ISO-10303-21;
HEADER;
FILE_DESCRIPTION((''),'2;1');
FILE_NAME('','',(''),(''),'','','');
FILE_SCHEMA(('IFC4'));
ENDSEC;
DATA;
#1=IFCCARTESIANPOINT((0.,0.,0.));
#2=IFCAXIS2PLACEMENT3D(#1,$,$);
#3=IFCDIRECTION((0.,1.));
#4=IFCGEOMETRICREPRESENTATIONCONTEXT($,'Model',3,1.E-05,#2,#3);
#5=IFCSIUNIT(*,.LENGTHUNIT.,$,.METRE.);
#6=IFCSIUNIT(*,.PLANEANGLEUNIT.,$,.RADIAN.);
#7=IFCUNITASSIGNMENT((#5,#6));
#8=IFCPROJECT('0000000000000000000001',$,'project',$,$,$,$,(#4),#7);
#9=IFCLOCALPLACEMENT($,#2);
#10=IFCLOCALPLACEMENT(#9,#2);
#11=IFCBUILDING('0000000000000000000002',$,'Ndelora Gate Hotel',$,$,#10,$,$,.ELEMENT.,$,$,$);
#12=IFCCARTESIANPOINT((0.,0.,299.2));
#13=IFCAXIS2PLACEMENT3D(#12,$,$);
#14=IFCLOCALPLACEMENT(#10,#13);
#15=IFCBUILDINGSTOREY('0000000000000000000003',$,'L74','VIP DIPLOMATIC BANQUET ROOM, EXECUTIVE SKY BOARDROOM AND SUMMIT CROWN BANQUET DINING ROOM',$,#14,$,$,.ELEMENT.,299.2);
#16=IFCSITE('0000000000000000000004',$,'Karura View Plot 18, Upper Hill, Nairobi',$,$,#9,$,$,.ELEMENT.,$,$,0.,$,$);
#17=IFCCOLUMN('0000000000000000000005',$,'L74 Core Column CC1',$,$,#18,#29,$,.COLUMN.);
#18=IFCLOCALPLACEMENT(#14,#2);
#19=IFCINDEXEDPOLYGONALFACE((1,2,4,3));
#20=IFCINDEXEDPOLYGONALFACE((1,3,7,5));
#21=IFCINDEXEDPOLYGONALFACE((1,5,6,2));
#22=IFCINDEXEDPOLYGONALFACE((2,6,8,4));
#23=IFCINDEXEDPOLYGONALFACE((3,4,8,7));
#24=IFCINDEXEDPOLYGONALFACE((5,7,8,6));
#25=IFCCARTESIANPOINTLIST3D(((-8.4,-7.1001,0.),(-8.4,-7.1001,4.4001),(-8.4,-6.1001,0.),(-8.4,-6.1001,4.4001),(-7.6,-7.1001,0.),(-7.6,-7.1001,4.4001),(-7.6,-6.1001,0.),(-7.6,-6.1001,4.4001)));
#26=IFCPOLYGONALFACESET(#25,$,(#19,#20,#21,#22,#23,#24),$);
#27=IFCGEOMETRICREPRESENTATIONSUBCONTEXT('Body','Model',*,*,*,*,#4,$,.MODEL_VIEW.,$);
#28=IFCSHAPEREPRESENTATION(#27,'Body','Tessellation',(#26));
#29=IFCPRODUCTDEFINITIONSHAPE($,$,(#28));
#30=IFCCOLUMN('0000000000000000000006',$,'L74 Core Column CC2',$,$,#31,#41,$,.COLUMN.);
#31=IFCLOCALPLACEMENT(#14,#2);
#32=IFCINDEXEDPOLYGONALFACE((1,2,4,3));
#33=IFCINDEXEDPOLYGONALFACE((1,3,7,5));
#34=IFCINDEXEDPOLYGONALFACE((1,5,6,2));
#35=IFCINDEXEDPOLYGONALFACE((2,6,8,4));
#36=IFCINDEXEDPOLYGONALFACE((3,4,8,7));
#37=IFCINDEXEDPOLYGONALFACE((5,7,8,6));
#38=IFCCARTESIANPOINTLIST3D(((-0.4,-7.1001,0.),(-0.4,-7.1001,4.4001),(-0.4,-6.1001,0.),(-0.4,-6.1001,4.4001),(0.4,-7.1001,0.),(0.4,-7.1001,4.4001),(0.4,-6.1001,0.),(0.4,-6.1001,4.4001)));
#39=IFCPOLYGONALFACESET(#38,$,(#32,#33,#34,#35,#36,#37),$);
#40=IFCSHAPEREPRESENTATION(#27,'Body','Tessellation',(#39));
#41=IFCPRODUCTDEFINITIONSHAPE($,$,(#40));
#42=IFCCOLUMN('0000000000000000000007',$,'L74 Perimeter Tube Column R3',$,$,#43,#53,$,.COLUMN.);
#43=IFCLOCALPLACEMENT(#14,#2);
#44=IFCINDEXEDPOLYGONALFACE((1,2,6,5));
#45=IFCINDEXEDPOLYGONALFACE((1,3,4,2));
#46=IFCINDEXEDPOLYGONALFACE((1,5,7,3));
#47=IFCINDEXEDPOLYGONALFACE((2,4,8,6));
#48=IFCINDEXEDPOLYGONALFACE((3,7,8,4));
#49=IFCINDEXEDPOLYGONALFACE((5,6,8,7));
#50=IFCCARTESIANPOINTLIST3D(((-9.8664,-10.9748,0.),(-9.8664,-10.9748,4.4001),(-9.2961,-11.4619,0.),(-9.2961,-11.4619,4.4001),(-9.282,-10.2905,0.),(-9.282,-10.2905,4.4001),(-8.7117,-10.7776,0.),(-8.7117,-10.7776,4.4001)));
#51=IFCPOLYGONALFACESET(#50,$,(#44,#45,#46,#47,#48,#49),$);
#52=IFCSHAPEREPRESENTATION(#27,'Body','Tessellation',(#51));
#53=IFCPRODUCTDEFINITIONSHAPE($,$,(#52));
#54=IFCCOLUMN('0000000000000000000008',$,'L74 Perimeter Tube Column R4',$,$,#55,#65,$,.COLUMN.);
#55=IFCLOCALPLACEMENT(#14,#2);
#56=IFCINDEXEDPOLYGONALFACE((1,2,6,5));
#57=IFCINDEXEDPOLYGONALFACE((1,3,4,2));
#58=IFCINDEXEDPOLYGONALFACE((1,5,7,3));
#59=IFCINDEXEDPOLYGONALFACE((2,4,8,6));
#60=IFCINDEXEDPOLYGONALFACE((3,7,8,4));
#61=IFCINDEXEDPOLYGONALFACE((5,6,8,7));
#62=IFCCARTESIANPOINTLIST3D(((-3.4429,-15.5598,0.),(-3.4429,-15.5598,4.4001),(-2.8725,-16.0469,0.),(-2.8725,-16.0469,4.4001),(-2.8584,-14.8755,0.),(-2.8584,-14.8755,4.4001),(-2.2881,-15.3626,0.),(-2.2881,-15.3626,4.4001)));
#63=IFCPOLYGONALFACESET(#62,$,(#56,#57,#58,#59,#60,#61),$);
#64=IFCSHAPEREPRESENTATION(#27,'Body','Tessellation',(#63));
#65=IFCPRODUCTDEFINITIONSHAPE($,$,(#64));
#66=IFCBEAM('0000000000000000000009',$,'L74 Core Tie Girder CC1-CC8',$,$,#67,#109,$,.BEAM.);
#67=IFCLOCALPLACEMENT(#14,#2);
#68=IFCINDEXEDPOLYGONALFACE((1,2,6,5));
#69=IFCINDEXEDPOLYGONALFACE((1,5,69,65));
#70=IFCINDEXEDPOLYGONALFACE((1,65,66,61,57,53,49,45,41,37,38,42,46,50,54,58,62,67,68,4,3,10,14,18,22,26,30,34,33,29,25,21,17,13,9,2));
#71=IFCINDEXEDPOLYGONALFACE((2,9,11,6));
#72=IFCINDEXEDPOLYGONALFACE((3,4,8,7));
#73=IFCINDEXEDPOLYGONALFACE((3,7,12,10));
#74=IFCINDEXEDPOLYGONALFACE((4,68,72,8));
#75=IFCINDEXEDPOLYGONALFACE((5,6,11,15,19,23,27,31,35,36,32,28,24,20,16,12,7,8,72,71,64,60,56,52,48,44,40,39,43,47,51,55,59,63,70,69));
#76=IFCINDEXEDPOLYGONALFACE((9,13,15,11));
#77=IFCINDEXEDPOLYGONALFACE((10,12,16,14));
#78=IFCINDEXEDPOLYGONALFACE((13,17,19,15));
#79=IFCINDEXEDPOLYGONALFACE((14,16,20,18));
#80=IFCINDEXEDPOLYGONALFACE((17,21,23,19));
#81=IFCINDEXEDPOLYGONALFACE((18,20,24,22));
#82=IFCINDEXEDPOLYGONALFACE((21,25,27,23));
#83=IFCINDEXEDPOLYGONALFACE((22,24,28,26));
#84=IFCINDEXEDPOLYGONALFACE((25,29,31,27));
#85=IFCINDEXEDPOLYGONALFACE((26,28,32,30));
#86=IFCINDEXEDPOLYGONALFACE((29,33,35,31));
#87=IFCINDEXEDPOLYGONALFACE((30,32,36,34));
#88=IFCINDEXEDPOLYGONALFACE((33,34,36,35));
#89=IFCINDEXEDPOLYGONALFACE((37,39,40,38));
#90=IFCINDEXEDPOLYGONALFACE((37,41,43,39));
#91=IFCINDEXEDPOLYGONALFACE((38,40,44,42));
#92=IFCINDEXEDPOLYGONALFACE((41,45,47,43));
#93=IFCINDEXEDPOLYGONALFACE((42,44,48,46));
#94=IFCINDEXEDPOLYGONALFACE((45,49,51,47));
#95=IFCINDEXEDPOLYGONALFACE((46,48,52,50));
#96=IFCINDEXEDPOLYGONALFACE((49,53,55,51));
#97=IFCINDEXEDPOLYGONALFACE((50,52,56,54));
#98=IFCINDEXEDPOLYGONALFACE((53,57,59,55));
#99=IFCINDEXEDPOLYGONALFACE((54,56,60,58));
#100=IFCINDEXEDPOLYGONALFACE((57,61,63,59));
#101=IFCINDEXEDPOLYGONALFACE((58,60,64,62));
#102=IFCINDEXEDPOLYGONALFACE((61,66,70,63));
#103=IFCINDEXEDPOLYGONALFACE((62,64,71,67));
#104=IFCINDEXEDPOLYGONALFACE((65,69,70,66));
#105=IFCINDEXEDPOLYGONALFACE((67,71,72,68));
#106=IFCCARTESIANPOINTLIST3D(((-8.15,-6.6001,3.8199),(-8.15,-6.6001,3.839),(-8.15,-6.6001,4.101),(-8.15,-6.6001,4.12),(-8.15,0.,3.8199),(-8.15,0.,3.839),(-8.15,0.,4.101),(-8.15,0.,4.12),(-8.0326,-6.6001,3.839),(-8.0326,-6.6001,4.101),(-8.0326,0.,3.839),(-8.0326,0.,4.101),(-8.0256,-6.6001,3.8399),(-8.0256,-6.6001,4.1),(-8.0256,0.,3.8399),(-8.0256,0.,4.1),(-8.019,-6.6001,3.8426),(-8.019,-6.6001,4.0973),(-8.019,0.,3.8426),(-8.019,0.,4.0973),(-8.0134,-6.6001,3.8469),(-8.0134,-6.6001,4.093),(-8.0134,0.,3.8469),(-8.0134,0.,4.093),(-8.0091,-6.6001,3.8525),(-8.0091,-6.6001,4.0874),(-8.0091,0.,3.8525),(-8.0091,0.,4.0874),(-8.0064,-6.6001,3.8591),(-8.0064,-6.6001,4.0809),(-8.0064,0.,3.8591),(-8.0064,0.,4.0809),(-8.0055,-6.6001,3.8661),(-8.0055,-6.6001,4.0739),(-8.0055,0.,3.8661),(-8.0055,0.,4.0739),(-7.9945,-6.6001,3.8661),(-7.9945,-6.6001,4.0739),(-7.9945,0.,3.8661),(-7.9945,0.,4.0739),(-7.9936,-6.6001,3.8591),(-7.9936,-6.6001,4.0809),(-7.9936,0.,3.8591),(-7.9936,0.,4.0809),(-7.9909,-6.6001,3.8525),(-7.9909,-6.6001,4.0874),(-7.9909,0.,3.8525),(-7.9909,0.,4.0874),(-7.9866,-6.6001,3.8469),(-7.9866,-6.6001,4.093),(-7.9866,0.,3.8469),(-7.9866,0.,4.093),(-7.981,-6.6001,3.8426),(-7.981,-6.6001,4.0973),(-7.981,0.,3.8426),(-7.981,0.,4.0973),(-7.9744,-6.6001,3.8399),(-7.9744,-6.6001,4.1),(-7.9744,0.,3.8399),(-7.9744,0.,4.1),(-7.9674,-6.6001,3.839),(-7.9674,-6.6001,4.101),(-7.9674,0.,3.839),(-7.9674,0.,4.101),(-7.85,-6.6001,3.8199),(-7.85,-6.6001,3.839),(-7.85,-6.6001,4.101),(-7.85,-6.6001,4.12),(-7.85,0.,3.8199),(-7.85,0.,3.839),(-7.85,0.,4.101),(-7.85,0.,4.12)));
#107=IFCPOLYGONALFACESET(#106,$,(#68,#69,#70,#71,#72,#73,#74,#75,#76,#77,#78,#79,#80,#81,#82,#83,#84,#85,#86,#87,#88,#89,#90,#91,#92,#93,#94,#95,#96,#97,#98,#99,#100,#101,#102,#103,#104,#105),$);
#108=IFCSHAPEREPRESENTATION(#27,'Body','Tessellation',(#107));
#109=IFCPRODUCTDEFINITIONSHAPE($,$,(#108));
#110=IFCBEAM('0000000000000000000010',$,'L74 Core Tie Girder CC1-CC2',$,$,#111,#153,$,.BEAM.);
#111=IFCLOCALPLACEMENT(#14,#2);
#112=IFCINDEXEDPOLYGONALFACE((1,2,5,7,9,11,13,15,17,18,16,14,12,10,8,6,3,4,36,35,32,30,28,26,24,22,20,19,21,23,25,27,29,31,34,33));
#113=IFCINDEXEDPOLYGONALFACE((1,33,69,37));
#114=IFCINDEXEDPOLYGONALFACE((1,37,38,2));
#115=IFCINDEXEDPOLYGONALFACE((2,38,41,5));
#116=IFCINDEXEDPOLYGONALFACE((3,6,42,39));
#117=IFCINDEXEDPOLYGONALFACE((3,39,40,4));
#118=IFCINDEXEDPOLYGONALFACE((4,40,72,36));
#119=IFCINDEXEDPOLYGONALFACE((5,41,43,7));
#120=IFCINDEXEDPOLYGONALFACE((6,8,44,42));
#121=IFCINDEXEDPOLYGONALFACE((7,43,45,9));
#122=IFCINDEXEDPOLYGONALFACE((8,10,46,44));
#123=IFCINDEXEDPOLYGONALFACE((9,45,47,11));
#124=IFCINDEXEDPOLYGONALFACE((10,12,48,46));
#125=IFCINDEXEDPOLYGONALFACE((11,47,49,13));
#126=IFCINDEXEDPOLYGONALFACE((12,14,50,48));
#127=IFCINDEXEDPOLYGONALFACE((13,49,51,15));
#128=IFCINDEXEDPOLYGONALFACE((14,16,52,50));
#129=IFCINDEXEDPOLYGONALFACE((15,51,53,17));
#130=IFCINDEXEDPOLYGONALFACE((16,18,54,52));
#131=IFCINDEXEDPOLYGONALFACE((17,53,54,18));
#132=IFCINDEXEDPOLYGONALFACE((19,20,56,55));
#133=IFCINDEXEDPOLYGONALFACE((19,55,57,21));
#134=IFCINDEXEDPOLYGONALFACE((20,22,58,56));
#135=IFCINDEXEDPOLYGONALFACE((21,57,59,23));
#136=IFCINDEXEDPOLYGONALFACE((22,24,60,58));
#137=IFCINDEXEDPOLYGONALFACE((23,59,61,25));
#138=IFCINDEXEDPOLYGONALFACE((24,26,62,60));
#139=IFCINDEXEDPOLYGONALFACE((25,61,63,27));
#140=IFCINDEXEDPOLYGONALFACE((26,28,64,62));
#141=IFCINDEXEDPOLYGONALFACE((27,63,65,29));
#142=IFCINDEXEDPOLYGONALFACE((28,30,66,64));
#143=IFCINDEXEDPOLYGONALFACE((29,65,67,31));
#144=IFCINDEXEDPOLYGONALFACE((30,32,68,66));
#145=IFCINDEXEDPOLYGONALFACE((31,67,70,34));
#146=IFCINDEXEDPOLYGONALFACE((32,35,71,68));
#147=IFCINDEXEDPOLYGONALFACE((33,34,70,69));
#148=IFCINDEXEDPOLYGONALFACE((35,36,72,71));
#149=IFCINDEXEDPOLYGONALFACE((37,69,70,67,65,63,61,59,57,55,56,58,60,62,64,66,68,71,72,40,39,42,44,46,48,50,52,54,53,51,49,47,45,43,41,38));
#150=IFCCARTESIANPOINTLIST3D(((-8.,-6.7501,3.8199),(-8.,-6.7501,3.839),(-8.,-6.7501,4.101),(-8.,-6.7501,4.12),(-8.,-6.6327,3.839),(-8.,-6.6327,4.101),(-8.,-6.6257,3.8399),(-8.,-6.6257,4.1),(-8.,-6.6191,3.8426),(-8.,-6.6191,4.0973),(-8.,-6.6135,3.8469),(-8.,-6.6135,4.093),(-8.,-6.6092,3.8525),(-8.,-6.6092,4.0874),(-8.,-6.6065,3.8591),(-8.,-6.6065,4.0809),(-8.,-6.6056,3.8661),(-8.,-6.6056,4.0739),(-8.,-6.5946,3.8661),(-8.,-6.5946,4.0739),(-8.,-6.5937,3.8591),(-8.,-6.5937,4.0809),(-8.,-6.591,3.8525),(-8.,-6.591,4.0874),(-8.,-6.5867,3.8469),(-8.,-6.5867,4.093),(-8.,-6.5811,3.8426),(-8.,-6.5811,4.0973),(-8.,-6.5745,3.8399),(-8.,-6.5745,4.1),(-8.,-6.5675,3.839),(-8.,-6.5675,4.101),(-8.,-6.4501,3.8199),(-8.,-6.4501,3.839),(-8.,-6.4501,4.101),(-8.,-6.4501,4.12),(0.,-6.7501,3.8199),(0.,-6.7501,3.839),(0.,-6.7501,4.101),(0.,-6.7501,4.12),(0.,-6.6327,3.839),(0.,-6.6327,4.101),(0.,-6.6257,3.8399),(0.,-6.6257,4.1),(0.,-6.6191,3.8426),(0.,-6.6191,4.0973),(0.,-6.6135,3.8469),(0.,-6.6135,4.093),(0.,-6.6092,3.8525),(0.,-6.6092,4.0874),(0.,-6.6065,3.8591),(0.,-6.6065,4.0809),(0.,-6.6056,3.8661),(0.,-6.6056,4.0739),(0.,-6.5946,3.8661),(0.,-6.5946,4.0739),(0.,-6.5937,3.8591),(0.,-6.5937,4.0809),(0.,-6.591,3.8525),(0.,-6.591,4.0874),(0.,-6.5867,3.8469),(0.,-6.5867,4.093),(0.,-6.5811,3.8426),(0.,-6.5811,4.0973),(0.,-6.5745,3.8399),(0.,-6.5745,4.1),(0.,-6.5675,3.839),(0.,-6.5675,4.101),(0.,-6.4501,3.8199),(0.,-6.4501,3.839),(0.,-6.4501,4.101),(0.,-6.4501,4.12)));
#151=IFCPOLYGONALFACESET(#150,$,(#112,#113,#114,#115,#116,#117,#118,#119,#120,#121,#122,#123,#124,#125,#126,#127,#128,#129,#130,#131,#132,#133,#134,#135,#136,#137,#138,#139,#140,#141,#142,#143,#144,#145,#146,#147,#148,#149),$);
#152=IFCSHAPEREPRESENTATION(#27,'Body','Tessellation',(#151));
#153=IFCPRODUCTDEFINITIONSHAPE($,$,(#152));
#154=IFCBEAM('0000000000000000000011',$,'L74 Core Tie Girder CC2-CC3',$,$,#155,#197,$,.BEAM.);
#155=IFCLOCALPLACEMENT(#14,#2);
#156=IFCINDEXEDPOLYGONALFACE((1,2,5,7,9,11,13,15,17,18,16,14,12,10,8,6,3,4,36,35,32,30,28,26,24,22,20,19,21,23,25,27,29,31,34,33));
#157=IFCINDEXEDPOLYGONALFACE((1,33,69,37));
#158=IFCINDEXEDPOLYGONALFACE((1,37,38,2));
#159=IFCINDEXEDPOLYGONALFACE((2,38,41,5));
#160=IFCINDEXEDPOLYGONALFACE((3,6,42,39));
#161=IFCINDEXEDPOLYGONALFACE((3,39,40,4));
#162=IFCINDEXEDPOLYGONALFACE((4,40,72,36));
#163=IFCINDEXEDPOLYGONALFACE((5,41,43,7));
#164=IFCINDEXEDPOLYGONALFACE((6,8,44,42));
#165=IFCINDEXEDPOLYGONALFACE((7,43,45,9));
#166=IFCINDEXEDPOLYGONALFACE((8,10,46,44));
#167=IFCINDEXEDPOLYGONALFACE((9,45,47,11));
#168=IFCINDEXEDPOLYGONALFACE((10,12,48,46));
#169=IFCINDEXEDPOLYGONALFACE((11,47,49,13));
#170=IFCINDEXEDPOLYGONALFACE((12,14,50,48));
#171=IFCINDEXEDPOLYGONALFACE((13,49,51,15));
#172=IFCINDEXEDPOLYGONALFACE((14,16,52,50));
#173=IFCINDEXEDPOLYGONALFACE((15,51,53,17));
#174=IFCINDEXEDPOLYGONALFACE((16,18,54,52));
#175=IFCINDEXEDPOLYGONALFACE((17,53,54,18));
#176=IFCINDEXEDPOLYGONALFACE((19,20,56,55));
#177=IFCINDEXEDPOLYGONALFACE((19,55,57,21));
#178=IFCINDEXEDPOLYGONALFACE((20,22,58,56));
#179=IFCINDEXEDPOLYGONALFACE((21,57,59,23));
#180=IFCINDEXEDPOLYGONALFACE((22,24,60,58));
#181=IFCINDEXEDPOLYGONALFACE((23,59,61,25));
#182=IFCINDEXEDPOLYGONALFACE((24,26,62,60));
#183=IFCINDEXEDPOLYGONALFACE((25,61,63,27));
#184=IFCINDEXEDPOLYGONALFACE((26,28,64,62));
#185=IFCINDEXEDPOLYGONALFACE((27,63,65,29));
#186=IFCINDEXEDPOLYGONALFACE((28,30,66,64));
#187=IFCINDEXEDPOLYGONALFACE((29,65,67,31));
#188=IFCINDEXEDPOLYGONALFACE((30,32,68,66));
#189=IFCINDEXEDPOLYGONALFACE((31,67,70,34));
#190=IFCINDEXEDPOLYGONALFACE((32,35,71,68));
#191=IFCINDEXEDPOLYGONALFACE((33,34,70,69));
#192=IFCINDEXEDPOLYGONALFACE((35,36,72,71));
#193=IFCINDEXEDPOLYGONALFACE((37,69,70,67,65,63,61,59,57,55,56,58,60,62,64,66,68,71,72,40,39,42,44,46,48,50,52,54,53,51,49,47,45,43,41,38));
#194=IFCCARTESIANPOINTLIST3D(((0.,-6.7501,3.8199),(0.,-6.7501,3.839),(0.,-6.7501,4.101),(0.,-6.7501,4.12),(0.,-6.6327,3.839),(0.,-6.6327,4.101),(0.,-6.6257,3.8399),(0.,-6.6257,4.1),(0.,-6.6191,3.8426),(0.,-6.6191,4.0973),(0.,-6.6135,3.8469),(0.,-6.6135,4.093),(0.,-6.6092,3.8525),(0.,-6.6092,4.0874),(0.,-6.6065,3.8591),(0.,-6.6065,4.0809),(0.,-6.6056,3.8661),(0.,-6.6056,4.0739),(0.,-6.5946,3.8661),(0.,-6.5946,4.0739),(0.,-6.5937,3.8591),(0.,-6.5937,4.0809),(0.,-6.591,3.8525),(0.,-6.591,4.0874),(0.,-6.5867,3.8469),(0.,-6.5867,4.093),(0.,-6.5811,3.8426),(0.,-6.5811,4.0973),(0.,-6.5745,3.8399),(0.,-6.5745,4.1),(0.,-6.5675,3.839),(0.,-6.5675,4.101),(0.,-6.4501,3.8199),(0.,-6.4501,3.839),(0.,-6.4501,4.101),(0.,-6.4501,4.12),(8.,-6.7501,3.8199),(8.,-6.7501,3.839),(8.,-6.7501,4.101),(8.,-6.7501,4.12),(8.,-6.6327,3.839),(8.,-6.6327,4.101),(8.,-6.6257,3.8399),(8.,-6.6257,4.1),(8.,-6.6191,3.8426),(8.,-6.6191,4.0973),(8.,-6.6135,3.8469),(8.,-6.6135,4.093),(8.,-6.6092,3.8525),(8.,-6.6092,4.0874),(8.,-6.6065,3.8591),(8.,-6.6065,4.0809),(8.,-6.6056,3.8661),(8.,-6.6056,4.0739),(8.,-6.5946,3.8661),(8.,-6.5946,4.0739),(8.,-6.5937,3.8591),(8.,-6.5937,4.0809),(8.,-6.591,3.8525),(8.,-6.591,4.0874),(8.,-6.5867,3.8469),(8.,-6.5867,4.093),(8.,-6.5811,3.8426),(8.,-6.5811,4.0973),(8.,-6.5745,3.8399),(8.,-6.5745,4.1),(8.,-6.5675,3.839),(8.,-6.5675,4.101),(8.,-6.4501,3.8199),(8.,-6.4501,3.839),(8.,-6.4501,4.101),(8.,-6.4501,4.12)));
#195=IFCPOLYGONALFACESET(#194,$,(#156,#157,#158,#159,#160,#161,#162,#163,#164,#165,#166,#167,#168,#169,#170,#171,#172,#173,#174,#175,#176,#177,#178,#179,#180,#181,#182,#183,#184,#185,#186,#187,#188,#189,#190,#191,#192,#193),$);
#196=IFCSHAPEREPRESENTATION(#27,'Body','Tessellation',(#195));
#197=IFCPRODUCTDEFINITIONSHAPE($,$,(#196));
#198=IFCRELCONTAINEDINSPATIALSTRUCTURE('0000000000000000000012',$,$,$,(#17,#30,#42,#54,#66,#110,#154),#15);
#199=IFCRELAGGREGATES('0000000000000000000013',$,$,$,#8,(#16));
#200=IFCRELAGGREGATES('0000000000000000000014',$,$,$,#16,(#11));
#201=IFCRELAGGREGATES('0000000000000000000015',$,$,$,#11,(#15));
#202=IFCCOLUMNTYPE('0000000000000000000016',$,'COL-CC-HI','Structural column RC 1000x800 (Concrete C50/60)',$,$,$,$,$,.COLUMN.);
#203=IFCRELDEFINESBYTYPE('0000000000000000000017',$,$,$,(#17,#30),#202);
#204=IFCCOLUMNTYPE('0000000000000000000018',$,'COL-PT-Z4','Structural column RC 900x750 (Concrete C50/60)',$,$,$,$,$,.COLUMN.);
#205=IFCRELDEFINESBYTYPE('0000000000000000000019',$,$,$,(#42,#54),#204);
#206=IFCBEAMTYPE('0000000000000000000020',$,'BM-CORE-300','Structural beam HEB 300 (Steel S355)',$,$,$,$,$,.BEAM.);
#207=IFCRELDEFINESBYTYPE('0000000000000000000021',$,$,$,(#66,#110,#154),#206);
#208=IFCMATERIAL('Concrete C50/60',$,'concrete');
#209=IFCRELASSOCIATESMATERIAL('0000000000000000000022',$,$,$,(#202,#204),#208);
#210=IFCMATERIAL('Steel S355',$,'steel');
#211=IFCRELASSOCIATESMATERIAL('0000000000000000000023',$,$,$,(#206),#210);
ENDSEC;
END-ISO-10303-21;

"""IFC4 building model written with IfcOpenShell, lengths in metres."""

from ifc_helpers import new_model, si_unit, direction, frame, origin, origin_2d, place, context, subcontext, project, spatial, rectangle, i_section, extrude, material, material_profile, profile_set, type_object, element, save


model = new_model("IFC4")

# Units and contexts
model_context = context("Model", 3, precision=1e-05, world=origin(), true_north=direction((0.0, 1.0)))
body_context = subcontext(model_context, "Body", "Model", "MODEL_VIEW")
ifc_project = project(units=[si_unit("LENGTHUNIT", "METRE"), si_unit("PLANEANGLEUNIT", "RADIAN")], contexts=[model_context])

# Site, building, storey
site_placement = place(None, origin())
site = spatial("IfcSite", under=ifc_project, at=site_placement, Name="Karura View Plot 18, Upper Hill, Nairobi", CompositionType="ELEMENT", RefElevation=0.0)
building_placement = place(site_placement, origin())
building = spatial("IfcBuilding", under=site, at=building_placement, Name="Ndelora Gate Hotel", CompositionType="ELEMENT")
storey_placement = place(building_placement, frame((0.0, 0.0, 299.2)))
storey = spatial("IfcBuildingStorey", under=building, at=storey_placement, Name="L74", Description="VIP DIPLOMATIC BANQUET ROOM, EXECUTIVE SKY BOARDROOM AND SUMMIT CROWN BANQUET DINING ROOM", CompositionType="ELEMENT", Elevation=299.2)

# Columns
ifc_material_1 = material(Name="Concrete C50/60", Category="concrete")
ifc_material_profile_1 = material_profile(ifc_material_1, rectangle(XDim=0.8, YDim=1.0, at=origin_2d()), Name="RC 1000x800")
ifc_profile_set_1 = profile_set([ifc_material_profile_1], Name="Concrete C50/60")
column_type_1 = type_object("IfcColumnType", Name="COL-CC-HI", Description="Structural column RC 1000x800 (Concrete C50/60)", PredefinedType="COLUMN", material=ifc_profile_set_1)
for number, where, z_axis, x_axis, name in (
    (1, (-8.0, -6.6001, 0.0), (0.0, 0.0, 1.0), (1.0, 0.0, 0.0), "L74 Core Column CC1"),
    (2, (0.0, -6.6001, 0.0), (0.0, 0.0, 1.0), (1.0, 0.0, 0.0), "L74 Core Column CC2"),
):
    element("IfcColumn", number, at=place(storey_placement, frame(where, z_axis=z_axis, x_axis=x_axis)), inside=storey, type_object=column_type_1, Name=name, PredefinedType="COLUMN", context=body_context, shape_type="SweptSolid", body=[
        extrude(rectangle(XDim=0.8, YDim=1.0, at=origin_2d()), origin(), (0.0, 0.0, 1.0), 4.4001),
    ])
ifc_material_profile_2 = material_profile(ifc_material_1, rectangle(XDim=0.75, YDim=0.8999, at=origin_2d()), Name="RC 900x750")
ifc_profile_set_2 = profile_set([ifc_material_profile_2], Name="Concrete C50/60")
column_type_2 = type_object("IfcColumnType", Name="COL-PT-Z4", Description="Structural column RC 900x750 (Concrete C50/60)", PredefinedType="COLUMN", material=ifc_profile_set_2)
for number, where, z_axis, x_axis, name in (
    (3, (-9.2891, -10.8762, 0.0), (0.0, 0.0, 1.0), (-0.760406, 0.649448, 0.0), "L74 Perimeter Tube Column R3"),
    (4, (-2.8655, -15.4612, 0.0), (0.0, 0.0, 1.0), (-0.760406, 0.649448, 0.0), "L74 Perimeter Tube Column R4"),
):
    element("IfcColumn", number, at=place(storey_placement, frame(where, z_axis=z_axis, x_axis=x_axis)), inside=storey, type_object=column_type_2, Name=name, PredefinedType="COLUMN", context=body_context, shape_type="SweptSolid", body=[
        extrude(rectangle(XDim=0.75, YDim=0.8999, at=origin_2d()), origin(), (0.0, 0.0, 1.0), 4.4001),
    ])

# Beams
ifc_material_2 = material(Name="Steel S355", Category="steel")
ifc_material_profile_3 = material_profile(ifc_material_2, i_section(OverallWidth=0.3, OverallDepth=0.3, WebThickness=0.011, FlangeThickness=0.019, FilletRadius=0.0271, at=origin_2d()), Name="HEB 300")
ifc_profile_set_3 = profile_set([ifc_material_profile_3], Name="Steel S355")
beam_type_1 = type_object("IfcBeamType", Name="BM-CORE-300", Description="Structural beam HEB 300 (Steel S355)", PredefinedType="BEAM", material=ifc_profile_set_3)
beam_1_placement = place(storey_placement, frame((-8.0, -6.6001, 3.97), z_axis=(0.0, 1.0, 0.0), x_axis=(-1.0, 0.0, 0.0)))
element("IfcBeam", 5, at=beam_1_placement, inside=storey, type_object=beam_type_1, Name="L74 Core Tie Girder CC1-CC8", PredefinedType="BEAM", context=body_context, shape_type="SweptSolid", body=[
    extrude(i_section(OverallWidth=0.3, OverallDepth=0.3, WebThickness=0.011, FlangeThickness=0.019, FilletRadius=0.0271, at=origin_2d()), origin(), (0.0, 0.0, 1.0), 6.6001),
])
for number, where, z_axis, x_axis, name in (
    (6, (-8.0, -6.6001, 3.97), (1.0, 0.0, 0.0), (0.0, 1.0, 0.0), "L74 Core Tie Girder CC1-CC2"),
    (7, (0.0, -6.6001, 3.97), (1.0, 0.0, 0.0), (0.0, 1.0, 0.0), "L74 Core Tie Girder CC2-CC3"),
):
    element("IfcBeam", number, at=place(storey_placement, frame(where, z_axis=z_axis, x_axis=x_axis)), inside=storey, type_object=beam_type_1, Name=name, PredefinedType="BEAM", context=body_context, shape_type="SweptSolid", body=[
        extrude(i_section(OverallWidth=0.3, OverallDepth=0.3, WebThickness=0.011, FlangeThickness=0.019, FilletRadius=0.0271, at=origin_2d()), origin(), (0.0, 0.0, 1.0), 8.0),
    ])

save(model, "model.ifc")
